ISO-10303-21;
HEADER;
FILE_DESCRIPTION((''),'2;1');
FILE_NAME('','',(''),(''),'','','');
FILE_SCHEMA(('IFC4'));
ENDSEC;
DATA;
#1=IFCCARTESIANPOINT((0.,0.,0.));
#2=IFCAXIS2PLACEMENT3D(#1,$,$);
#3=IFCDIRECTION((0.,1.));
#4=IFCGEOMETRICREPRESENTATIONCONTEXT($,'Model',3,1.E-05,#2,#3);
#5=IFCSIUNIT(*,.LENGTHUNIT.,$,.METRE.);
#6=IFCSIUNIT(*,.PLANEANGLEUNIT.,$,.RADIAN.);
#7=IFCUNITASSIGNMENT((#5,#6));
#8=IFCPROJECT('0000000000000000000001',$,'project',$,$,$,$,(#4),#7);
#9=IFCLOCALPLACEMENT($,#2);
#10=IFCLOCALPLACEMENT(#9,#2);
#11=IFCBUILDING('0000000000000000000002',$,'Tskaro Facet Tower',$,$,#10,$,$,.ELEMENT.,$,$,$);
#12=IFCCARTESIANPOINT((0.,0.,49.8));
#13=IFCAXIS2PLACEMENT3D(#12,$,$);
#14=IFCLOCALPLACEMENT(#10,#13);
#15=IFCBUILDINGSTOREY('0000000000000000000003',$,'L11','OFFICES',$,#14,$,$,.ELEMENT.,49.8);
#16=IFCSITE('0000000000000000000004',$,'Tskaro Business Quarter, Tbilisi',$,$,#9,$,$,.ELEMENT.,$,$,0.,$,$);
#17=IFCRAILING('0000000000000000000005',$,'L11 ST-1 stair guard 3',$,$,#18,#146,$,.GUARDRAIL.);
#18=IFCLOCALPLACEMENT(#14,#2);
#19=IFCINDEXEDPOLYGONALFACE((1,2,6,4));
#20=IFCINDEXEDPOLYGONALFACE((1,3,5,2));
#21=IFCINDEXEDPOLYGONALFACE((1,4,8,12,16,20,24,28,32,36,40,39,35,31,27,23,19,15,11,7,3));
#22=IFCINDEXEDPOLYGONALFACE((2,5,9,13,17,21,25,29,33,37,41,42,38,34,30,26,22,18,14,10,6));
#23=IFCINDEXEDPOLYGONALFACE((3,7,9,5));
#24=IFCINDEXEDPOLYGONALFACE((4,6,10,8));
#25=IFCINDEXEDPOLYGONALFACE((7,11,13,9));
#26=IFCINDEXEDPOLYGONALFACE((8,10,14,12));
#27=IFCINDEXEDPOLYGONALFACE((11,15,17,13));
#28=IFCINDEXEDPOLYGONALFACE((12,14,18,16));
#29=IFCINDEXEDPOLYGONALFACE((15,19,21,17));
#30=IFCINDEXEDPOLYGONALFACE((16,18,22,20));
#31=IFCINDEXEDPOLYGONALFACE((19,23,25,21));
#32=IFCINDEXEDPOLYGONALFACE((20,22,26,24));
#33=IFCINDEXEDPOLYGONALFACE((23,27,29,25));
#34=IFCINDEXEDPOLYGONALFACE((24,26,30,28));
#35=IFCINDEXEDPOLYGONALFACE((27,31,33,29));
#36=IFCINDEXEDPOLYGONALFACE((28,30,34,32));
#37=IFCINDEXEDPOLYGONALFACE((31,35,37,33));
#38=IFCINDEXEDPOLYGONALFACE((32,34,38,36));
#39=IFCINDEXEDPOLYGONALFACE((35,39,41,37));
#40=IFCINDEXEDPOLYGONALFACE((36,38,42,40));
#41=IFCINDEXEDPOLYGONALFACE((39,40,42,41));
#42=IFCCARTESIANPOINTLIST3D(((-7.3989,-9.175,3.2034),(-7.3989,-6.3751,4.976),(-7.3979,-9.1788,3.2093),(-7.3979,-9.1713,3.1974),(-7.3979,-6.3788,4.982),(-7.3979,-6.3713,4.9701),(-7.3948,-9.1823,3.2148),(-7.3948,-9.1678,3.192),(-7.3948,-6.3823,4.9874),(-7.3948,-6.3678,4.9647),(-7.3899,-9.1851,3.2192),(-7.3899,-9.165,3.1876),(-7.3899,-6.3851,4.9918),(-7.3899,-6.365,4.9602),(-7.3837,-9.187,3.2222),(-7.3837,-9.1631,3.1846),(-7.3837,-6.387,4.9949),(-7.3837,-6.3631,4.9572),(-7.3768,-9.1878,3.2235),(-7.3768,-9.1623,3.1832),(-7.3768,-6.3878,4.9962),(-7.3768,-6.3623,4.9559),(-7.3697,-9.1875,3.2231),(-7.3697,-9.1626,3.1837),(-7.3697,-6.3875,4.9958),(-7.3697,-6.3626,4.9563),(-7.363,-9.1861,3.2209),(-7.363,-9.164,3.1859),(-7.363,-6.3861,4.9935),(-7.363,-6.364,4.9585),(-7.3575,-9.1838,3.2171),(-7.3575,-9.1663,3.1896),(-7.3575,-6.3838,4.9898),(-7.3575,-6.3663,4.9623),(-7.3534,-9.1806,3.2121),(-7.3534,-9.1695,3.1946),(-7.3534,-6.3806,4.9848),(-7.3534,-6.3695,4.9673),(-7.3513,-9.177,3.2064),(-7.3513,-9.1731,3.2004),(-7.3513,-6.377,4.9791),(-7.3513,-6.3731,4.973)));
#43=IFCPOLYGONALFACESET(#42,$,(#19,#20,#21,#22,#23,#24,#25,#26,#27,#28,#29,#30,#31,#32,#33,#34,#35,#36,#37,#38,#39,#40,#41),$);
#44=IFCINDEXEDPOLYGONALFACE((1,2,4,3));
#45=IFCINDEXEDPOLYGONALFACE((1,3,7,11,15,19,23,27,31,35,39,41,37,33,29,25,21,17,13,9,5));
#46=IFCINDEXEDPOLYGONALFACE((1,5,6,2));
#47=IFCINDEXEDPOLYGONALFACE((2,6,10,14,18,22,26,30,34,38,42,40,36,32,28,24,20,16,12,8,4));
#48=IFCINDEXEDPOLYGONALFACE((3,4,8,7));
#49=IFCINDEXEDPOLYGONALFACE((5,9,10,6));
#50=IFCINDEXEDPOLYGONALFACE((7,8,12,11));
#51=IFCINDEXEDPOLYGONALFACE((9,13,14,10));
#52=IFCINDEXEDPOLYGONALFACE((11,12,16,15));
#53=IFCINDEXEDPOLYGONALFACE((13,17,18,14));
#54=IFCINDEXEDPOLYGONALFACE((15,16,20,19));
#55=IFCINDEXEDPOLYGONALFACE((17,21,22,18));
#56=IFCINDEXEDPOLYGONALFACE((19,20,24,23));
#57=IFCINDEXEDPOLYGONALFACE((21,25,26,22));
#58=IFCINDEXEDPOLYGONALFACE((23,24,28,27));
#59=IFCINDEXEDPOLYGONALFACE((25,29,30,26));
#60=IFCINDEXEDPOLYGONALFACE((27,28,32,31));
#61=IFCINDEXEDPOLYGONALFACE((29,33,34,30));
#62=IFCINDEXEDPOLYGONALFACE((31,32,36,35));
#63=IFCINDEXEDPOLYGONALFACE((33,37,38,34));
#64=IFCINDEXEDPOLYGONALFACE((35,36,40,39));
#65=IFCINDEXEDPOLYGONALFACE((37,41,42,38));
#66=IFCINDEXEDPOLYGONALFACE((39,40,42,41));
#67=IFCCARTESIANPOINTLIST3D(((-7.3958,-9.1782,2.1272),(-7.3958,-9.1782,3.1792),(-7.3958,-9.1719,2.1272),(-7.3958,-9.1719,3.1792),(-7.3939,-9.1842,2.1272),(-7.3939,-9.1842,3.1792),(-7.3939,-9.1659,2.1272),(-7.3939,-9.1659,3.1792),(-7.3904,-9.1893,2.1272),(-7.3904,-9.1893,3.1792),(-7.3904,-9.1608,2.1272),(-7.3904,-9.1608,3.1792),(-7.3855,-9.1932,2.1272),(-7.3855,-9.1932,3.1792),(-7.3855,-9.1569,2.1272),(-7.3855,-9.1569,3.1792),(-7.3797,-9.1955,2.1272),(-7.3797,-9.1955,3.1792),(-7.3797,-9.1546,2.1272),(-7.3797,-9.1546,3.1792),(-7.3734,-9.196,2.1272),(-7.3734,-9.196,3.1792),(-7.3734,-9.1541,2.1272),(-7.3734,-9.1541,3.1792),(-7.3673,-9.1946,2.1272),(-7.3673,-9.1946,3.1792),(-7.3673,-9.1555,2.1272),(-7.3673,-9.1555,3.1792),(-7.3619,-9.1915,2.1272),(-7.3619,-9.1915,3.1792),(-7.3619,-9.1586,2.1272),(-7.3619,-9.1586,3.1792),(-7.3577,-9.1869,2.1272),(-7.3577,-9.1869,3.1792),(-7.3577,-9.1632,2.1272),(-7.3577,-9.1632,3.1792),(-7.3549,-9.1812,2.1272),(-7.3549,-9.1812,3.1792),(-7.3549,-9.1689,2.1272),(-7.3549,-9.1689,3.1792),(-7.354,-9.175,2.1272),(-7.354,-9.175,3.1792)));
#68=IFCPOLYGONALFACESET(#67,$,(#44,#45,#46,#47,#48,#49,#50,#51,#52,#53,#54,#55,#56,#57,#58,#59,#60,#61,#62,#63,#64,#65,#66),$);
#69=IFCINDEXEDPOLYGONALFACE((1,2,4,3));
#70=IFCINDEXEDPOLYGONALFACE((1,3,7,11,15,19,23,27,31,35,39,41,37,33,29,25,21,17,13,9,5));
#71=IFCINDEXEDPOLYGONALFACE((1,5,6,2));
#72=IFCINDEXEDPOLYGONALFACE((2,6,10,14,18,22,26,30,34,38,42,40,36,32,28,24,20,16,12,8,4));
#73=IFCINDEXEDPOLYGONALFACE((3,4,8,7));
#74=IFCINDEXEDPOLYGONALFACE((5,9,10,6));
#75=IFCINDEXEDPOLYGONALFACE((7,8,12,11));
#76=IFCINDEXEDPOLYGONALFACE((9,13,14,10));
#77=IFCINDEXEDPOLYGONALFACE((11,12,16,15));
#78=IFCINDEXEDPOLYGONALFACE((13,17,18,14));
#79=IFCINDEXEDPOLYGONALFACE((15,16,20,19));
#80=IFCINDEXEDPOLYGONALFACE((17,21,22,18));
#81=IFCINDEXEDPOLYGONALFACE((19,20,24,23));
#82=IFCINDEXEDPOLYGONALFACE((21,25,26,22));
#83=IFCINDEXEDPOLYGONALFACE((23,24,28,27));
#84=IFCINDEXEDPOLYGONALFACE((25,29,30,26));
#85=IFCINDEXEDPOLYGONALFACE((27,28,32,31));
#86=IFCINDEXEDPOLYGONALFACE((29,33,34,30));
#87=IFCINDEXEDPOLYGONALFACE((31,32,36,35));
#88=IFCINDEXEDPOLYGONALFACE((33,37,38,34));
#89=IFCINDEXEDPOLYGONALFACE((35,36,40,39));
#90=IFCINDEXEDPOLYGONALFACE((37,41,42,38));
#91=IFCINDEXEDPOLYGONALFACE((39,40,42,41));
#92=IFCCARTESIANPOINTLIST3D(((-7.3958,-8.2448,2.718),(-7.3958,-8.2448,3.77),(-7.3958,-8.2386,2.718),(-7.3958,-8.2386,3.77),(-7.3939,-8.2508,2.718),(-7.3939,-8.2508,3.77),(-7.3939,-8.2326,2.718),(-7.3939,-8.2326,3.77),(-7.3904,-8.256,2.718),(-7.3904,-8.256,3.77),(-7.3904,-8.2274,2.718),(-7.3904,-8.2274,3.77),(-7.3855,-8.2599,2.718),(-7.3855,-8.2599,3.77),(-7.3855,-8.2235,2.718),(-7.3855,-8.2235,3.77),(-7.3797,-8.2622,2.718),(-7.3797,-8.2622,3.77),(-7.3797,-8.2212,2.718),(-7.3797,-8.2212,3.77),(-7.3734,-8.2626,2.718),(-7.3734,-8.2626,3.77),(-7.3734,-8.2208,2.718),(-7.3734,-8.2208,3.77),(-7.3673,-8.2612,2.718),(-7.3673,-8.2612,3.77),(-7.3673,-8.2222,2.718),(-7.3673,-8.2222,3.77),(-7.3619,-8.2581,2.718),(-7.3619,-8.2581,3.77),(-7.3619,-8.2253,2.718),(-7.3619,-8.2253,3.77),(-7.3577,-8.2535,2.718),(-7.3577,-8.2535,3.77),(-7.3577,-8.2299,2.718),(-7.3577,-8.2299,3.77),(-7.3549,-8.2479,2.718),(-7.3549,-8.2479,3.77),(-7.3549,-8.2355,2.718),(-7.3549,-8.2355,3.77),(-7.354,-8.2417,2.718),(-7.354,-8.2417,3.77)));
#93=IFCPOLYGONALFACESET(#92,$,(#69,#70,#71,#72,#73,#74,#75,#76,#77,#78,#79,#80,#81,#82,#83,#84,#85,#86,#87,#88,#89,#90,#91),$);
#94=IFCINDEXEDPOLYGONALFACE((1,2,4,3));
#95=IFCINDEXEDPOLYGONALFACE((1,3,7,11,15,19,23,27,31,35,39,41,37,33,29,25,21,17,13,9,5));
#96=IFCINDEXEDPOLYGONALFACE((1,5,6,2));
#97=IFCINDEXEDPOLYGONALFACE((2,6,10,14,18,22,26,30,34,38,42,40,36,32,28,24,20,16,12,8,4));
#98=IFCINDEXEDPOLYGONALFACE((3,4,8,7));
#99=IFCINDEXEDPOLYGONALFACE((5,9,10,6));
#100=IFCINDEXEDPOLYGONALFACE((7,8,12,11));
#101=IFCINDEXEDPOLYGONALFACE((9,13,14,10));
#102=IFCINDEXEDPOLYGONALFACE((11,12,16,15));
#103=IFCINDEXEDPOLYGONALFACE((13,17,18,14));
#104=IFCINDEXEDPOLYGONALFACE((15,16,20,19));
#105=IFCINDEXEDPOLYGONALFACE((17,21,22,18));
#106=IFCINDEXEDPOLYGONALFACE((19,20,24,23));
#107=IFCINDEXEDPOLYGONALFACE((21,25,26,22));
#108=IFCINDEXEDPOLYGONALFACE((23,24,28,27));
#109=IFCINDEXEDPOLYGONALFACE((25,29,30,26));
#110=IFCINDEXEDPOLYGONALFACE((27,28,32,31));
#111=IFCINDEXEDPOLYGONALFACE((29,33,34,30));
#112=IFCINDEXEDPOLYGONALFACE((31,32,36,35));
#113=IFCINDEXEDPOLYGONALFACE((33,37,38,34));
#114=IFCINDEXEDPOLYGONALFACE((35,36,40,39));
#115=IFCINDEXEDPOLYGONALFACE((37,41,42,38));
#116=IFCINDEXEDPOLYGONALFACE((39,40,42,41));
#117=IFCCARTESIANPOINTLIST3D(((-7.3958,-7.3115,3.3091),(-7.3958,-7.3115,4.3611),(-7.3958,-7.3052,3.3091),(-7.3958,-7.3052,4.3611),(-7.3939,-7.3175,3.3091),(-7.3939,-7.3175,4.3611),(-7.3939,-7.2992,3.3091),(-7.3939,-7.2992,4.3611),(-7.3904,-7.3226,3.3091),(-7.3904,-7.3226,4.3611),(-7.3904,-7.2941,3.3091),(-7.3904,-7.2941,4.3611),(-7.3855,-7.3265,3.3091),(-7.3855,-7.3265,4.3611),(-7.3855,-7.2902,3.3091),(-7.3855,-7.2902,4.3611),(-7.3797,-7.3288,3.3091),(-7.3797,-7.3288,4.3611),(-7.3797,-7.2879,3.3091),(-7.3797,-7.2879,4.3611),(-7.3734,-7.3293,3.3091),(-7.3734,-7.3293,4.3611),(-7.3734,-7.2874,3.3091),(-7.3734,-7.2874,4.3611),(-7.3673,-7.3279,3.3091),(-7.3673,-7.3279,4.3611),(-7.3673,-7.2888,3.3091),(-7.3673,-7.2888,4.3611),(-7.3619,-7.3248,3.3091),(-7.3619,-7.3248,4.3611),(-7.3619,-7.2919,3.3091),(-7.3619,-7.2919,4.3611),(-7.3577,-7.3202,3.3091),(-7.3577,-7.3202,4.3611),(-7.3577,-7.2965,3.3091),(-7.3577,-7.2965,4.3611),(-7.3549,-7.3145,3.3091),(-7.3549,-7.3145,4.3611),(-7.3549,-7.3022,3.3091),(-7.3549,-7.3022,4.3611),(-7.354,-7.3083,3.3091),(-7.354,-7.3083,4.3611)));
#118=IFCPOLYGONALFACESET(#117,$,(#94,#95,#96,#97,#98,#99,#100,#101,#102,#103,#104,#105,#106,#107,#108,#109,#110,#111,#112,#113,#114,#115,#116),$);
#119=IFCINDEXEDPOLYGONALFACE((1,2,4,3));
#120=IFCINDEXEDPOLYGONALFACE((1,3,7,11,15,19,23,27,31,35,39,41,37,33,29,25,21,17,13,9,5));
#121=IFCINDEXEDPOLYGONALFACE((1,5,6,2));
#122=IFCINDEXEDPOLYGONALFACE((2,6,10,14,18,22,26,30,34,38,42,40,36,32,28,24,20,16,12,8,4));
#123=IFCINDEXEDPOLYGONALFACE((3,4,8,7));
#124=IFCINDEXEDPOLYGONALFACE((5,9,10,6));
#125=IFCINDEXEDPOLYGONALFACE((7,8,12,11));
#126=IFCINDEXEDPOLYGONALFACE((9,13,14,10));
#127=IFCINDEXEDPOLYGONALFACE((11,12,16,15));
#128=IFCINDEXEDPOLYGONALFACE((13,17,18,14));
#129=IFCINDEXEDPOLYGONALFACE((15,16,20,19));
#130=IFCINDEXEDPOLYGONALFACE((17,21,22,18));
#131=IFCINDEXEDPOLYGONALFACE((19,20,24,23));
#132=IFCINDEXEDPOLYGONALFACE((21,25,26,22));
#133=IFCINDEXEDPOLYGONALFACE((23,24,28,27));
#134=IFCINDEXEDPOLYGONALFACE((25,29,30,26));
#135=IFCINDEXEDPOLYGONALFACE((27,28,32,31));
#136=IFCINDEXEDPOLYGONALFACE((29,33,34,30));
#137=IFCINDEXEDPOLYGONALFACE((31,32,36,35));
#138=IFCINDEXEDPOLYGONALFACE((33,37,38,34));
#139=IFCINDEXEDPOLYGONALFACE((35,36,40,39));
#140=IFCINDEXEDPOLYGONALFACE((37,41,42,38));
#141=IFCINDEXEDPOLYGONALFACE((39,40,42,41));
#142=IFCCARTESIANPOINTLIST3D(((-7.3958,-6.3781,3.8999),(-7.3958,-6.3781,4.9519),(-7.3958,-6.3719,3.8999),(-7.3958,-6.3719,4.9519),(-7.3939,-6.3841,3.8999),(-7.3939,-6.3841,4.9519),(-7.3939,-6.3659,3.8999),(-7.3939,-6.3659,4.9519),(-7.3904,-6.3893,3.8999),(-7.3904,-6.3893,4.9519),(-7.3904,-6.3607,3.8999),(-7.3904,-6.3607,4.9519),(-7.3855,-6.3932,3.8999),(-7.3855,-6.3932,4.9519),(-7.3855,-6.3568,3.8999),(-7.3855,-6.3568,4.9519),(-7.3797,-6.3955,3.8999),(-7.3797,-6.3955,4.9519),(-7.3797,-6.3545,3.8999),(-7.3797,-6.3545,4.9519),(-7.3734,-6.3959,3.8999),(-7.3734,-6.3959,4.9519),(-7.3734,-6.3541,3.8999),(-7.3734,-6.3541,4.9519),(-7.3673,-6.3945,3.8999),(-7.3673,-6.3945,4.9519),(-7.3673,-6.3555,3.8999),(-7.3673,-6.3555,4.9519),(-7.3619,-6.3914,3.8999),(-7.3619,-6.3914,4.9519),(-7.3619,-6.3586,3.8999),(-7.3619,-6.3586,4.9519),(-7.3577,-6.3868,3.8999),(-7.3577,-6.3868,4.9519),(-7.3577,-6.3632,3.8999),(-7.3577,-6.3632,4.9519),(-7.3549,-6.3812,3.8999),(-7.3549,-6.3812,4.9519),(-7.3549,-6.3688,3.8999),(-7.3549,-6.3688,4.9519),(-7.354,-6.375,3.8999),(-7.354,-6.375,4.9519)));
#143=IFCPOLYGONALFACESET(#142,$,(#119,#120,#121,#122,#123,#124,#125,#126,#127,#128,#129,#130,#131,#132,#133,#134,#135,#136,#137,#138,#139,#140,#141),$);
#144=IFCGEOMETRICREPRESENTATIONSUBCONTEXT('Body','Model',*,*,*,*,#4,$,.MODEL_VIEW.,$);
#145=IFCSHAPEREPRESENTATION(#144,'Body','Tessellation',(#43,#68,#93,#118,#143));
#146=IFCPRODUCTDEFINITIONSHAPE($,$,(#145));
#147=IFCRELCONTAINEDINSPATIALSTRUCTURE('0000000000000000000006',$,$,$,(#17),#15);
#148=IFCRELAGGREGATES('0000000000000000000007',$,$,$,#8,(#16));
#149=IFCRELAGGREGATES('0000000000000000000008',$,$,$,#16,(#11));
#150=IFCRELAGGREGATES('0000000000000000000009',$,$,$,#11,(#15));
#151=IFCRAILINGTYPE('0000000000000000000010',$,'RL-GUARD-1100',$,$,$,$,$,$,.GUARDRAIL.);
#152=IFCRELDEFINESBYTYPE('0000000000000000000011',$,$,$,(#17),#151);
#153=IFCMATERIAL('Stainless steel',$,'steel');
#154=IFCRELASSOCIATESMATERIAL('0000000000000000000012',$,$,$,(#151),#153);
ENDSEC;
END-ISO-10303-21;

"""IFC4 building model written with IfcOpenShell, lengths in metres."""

from ifc_helpers import new_model, si_unit, direction, frame, origin, origin_2d, place, context, subcontext, project, spatial, circle, extrude, material, type_object, element, save


model = new_model("IFC4")

# Units and contexts
model_context = context("Model", 3, precision=1e-05, world=origin(), true_north=direction((0.0, 1.0)))
body_context = subcontext(model_context, "Body", "Model", "MODEL_VIEW")
ifc_project = project(units=[si_unit("LENGTHUNIT", "METRE"), si_unit("PLANEANGLEUNIT", "RADIAN")], contexts=[model_context])

# Site, building, storey
site_placement = place(None, origin())
site = spatial("IfcSite", under=ifc_project, at=site_placement, Name="Tskaro Business Quarter, Tbilisi", CompositionType="ELEMENT", RefElevation=0.0)
building_placement = place(site_placement, origin())
building = spatial("IfcBuilding", under=site, at=building_placement, Name="Tskaro Facet Tower", CompositionType="ELEMENT")
storey_placement = place(building_placement, frame((0.0, 0.0, 49.8)))
storey = spatial("IfcBuildingStorey", under=building, at=storey_placement, Name="L11", Description="OFFICES", CompositionType="ELEMENT", Elevation=49.8)

# Shared definitions
ifc_material_1 = material(Name="Stainless steel", Category="steel")

# Railing
railing_type_1 = type_object("IfcRailingType", Name="RL-GUARD-1100", PredefinedType="GUARDRAIL", material=ifc_material_1)
railing_1_placement = place(storey_placement, frame((-7.375, -9.175, 2.1272)))
element("IfcRailing", 1, at=railing_1_placement, inside=storey, type_object=railing_type_1, Name="L11 ST-1 stair guard 3", PredefinedType="GUARDRAIL", context=body_context, shape_type="SweptSolid", body=[
    extrude(circle(Radius=0.0239, at=origin_2d()), frame((0.0, 0.0, 1.0762), z_axis=(0.0, 0.844909, 0.53491), x_axis=(-1.0, 0.0, 0.0)), (0.0, 0.0, 1.0), 3.314),
    extrude(circle(Radius=0.021, at=origin_2d()), origin(), (0.0, 0.0, 1.0), 1.052),
    extrude(circle(Radius=0.021, at=origin_2d()), frame((0.0, 0.9333, 0.5908)), (0.0, 0.0, 1.0), 1.052),
    extrude(circle(Radius=0.021, at=origin_2d()), frame((0.0, 1.8667, 1.1819)), (0.0, 0.0, 1.0), 1.052),
    extrude(circle(Radius=0.021, at=origin_2d()), frame((0.0, 2.8, 1.7727)), (0.0, 0.0, 1.0), 1.052),
])

save(model, "model.ifc")
